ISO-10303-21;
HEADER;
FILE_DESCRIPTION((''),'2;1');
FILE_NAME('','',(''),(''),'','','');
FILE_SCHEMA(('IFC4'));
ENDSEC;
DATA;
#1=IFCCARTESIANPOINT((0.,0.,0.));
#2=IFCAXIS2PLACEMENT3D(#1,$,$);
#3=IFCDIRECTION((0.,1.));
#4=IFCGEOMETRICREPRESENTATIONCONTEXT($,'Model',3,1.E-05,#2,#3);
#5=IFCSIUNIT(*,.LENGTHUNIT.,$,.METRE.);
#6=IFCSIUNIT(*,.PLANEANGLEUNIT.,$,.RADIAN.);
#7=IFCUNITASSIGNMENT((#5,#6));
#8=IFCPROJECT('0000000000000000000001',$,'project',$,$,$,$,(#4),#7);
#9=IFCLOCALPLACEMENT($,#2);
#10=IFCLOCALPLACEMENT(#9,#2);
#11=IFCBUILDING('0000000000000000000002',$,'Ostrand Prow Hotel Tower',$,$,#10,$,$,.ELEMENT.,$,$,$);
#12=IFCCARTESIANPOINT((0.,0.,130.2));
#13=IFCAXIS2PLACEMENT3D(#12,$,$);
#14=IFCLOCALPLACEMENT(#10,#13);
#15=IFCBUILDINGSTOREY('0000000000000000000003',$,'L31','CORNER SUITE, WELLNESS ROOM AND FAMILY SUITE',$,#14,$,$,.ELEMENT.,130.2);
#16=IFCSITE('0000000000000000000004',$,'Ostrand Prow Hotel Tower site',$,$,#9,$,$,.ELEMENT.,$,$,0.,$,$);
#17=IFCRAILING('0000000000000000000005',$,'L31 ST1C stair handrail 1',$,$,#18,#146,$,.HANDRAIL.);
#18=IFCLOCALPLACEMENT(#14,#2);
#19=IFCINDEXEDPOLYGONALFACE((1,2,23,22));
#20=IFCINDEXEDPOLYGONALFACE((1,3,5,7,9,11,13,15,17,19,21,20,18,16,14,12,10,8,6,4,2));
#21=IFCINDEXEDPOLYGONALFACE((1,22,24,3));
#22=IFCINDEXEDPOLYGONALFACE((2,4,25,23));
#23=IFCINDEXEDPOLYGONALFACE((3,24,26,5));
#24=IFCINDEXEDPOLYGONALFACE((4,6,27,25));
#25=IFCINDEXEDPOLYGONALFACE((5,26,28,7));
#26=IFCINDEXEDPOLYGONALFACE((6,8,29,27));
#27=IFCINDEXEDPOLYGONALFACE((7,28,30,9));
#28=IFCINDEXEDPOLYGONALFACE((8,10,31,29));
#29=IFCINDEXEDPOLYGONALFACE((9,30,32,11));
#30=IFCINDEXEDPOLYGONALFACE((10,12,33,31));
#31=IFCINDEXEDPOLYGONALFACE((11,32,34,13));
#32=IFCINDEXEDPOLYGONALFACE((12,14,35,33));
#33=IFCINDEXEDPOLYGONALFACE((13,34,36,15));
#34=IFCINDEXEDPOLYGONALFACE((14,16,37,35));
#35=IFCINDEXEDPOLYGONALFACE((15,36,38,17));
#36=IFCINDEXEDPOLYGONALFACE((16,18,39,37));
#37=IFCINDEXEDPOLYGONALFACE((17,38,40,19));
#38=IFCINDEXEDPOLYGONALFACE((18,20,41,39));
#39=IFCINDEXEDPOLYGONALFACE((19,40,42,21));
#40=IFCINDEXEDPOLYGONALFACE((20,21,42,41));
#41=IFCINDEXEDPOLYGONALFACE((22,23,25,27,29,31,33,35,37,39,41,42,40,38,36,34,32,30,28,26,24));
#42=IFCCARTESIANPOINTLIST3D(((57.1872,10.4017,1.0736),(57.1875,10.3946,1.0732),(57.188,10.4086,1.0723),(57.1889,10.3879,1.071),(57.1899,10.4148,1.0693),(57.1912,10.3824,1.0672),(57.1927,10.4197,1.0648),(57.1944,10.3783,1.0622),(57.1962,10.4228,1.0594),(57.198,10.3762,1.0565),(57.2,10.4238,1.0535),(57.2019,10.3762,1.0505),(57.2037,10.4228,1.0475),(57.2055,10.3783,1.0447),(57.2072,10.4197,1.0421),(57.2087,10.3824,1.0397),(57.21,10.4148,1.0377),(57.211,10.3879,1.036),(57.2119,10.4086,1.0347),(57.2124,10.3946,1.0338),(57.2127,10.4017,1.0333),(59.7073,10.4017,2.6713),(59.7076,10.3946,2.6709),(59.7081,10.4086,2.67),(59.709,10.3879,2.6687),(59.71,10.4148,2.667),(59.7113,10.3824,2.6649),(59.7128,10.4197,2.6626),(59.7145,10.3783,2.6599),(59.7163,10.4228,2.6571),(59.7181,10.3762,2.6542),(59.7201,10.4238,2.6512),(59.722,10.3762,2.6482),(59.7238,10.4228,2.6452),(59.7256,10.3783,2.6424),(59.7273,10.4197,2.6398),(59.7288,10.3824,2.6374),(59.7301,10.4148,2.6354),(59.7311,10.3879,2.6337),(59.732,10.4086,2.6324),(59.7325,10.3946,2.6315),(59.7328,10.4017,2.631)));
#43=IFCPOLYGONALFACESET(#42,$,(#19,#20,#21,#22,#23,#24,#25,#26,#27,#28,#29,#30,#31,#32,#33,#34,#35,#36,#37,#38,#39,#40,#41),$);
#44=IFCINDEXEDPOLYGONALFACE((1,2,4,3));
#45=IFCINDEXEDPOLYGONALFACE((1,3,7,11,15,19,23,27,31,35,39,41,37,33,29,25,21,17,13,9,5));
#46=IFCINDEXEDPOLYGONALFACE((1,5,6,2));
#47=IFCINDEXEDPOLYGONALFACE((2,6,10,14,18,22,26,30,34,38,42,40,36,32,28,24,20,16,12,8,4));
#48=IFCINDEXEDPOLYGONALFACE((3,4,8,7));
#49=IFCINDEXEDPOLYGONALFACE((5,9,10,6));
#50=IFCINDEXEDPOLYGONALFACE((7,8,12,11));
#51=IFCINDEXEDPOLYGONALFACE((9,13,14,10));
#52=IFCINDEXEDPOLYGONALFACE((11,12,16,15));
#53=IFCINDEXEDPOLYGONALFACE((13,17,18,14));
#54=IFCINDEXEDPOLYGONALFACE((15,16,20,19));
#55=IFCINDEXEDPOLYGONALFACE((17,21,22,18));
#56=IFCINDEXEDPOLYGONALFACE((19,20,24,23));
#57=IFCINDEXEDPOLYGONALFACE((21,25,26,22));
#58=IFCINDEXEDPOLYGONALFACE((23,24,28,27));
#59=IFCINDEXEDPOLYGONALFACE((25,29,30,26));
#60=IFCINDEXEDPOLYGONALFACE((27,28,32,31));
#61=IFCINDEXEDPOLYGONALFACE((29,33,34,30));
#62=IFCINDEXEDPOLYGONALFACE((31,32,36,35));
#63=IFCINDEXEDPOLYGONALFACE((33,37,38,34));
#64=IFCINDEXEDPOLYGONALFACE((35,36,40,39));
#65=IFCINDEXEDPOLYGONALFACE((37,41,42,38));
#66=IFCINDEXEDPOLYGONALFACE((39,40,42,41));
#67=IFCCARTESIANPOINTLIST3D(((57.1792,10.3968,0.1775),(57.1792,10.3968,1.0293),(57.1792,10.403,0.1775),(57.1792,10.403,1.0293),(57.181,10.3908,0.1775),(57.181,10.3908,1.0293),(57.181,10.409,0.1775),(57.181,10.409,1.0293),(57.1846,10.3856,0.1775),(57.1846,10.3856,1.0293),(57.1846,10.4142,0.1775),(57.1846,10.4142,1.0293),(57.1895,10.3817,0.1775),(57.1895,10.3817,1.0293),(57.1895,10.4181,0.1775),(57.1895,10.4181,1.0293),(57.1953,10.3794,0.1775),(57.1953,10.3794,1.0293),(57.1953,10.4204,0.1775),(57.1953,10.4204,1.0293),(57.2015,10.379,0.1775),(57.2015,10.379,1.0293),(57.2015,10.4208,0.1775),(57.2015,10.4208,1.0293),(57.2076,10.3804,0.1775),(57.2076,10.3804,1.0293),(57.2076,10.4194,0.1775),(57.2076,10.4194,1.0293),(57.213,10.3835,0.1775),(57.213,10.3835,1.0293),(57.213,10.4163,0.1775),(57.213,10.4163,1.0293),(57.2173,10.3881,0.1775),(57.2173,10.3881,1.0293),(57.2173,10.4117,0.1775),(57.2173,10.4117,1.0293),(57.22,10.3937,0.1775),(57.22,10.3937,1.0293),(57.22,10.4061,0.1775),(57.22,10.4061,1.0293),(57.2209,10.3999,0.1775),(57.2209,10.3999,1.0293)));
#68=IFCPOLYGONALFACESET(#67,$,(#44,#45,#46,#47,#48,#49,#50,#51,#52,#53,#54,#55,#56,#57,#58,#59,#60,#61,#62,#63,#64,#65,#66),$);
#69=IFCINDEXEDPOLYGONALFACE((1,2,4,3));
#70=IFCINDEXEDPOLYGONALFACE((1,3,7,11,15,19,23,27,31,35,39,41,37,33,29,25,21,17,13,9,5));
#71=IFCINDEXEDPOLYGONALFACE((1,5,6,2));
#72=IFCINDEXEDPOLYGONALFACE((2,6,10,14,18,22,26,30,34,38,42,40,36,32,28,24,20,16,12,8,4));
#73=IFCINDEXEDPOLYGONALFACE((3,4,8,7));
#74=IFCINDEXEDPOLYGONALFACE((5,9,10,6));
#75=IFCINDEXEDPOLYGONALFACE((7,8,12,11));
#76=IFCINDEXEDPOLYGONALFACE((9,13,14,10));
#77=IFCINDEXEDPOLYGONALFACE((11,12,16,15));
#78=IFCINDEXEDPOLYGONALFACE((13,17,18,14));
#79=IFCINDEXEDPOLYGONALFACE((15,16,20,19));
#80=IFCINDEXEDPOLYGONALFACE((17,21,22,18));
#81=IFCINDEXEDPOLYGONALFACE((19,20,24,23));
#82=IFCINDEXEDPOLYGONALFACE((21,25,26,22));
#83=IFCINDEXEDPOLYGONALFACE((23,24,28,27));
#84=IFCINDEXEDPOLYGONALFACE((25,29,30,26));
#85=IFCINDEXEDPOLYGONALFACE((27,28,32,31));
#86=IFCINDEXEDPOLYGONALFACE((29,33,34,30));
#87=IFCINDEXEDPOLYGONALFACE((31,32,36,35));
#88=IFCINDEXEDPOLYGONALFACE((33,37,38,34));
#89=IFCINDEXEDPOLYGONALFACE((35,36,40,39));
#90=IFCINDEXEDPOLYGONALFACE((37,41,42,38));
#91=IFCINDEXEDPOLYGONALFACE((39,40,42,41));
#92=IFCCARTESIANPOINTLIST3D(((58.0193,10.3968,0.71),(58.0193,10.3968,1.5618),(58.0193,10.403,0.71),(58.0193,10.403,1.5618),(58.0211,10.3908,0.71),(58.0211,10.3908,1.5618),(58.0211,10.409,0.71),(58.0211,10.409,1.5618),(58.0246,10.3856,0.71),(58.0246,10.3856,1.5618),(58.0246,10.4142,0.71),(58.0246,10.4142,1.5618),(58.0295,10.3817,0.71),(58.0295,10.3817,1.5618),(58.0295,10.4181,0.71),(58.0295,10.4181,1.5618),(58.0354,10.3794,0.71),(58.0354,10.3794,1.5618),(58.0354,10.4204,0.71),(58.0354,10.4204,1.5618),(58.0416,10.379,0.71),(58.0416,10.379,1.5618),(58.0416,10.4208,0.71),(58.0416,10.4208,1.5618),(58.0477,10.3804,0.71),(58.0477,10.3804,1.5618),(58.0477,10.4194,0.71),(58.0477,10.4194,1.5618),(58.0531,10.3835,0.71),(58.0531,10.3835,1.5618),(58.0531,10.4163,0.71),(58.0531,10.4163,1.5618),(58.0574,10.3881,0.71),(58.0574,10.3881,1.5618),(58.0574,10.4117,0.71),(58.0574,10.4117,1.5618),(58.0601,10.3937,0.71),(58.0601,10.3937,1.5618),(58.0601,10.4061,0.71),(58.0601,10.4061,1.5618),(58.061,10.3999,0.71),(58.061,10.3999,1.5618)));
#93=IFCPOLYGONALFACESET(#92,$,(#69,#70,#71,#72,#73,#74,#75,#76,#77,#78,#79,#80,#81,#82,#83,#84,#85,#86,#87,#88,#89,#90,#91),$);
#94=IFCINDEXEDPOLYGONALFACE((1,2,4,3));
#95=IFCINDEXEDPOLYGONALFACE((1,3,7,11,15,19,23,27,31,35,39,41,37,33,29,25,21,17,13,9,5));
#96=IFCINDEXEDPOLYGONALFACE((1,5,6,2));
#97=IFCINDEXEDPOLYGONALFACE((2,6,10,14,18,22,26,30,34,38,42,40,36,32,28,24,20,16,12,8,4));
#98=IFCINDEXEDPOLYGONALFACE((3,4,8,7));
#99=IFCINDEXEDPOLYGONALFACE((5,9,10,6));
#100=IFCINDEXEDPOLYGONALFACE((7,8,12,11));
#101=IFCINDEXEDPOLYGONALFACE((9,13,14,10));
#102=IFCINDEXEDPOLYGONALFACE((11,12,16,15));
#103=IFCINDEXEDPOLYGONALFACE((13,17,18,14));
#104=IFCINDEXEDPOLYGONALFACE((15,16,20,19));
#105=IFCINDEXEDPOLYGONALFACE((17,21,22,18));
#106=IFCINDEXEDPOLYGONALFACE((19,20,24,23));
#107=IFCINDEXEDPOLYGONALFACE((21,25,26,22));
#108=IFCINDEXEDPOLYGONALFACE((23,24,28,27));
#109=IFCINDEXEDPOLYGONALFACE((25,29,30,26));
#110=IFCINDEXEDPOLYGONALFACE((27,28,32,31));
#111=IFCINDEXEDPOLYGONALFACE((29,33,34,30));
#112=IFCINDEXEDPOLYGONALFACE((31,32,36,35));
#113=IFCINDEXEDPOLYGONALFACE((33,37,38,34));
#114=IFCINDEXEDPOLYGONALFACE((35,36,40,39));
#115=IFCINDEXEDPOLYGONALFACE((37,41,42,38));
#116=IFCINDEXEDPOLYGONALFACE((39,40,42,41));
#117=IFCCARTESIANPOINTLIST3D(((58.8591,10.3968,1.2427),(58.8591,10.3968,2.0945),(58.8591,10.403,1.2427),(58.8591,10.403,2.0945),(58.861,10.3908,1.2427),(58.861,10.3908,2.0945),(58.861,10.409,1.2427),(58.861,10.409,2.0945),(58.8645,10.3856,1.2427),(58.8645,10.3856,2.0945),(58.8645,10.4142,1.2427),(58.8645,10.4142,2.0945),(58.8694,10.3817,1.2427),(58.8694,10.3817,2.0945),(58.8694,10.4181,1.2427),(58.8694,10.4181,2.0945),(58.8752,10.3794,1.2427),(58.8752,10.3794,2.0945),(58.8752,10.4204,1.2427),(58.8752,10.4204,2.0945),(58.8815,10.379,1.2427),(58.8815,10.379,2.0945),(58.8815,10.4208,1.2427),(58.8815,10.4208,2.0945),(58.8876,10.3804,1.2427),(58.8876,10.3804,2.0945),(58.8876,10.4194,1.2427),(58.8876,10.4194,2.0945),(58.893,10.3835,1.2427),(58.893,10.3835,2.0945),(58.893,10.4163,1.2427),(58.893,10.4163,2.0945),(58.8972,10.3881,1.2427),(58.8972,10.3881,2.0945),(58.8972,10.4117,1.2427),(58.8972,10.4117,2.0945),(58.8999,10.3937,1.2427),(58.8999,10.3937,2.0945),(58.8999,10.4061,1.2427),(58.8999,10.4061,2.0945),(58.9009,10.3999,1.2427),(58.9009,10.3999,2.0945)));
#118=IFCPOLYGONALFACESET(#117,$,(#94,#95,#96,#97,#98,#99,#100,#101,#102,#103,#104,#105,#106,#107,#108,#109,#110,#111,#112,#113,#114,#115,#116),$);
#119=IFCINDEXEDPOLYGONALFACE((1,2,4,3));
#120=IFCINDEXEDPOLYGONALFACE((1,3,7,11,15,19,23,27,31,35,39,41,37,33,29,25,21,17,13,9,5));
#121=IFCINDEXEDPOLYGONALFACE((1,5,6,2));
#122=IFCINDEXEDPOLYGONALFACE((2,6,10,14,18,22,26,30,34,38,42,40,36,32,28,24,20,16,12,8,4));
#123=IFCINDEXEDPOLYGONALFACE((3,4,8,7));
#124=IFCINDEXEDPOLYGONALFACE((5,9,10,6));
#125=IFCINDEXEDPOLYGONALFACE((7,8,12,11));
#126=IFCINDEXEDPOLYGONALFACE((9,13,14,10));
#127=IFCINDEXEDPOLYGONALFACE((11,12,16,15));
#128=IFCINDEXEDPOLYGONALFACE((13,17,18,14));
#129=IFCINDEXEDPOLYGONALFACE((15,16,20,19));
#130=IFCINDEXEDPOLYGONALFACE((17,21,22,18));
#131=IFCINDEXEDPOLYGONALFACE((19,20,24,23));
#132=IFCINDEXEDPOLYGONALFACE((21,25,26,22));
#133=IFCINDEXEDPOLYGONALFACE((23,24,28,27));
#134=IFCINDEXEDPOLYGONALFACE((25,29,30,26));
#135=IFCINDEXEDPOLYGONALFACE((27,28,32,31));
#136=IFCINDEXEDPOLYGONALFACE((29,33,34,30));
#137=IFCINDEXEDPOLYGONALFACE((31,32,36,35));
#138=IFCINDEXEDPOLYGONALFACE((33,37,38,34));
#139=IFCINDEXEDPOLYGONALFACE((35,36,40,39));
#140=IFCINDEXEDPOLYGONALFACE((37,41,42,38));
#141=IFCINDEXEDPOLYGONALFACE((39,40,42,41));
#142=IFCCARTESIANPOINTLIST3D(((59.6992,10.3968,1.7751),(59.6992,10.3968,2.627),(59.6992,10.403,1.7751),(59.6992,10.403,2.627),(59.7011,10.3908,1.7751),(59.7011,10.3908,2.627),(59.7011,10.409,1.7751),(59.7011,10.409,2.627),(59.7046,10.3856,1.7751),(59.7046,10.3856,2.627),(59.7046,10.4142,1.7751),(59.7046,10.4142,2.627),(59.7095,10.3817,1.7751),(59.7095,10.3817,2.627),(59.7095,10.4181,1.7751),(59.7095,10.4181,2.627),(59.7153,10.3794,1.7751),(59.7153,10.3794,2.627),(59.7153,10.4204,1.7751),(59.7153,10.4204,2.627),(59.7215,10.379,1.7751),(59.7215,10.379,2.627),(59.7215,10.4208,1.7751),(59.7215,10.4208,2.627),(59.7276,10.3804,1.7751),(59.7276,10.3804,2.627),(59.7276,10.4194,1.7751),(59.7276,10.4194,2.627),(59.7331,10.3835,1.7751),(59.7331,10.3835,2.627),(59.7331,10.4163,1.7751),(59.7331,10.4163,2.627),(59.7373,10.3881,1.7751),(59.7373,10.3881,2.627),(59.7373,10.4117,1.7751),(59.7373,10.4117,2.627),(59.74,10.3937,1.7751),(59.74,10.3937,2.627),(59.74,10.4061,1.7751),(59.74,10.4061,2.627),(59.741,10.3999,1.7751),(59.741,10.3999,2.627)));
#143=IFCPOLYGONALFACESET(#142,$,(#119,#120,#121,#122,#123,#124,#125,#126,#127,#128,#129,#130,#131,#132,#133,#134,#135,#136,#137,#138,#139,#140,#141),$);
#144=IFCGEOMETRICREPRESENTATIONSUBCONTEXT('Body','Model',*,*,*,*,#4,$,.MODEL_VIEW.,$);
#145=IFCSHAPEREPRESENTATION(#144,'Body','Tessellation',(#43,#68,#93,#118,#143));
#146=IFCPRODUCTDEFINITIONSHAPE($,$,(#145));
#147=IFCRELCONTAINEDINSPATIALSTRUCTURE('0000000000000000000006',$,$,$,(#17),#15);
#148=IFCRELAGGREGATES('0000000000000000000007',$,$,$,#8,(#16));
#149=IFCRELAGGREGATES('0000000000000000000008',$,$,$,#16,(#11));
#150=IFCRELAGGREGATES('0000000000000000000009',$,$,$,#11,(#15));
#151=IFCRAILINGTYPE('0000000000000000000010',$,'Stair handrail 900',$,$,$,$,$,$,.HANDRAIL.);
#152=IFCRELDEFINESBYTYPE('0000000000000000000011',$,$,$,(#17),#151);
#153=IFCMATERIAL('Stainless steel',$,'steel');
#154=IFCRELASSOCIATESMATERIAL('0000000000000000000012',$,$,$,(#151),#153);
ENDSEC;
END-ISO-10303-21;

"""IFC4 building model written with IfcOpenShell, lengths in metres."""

from ifc_helpers import new_model, si_unit, direction, frame, origin, origin_2d, place, context, subcontext, project, spatial, circle, extrude, material, type_object, element, save


model = new_model("IFC4")

# Units and contexts
model_context = context("Model", 3, precision=1e-05, world=origin(), true_north=direction((0.0, 1.0)))
body_context = subcontext(model_context, "Body", "Model", "MODEL_VIEW")
ifc_project = project(units=[si_unit("LENGTHUNIT", "METRE"), si_unit("PLANEANGLEUNIT", "RADIAN")], contexts=[model_context])

# Site, building, storey
site_placement = place(None, origin())
site = spatial("IfcSite", under=ifc_project, at=site_placement, Name="Ostrand Prow Hotel Tower site", CompositionType="ELEMENT", RefElevation=0.0)
building_placement = place(site_placement, origin())
building = spatial("IfcBuilding", under=site, at=building_placement, Name="Ostrand Prow Hotel Tower", CompositionType="ELEMENT")
storey_placement = place(building_placement, frame((0.0, 0.0, 130.2)))
storey = spatial("IfcBuildingStorey", under=building, at=storey_placement, Name="L31", Description="CORNER SUITE, WELLNESS ROOM AND FAMILY SUITE", CompositionType="ELEMENT", Elevation=130.2)

# Railing
ifc_material_1 = material(Name="Stainless steel", Category="steel")
railing_type_1 = type_object("IfcRailingType", Name="Stair handrail 900", PredefinedType="HANDRAIL", material=ifc_material_1)
railing_1_placement = place(storey_placement, frame((57.2, 10.3999, 0.1775)))
element("IfcRailing", 1, at=railing_1_placement, inside=storey, type_object=railing_type_1, Name="L31 ST1C stair handrail 1", PredefinedType="HANDRAIL", context=body_context, shape_type="SweptSolid", body=[
    extrude(circle(Radius=0.0239, at=origin_2d()), frame((0.0, 0.0, 0.876), z_axis=(0.84457, 0.0, 0.535445), x_axis=(0.0, 1.0, 0.0)), (0.0, 0.0, 1.0), 2.9839),
    extrude(circle(Radius=0.021, at=origin_2d()), origin(), (0.0, 0.0, 1.0), 0.8518),
    extrude(circle(Radius=0.021, at=origin_2d()), frame((0.8401, 0.0, 0.5325)), (0.0, 0.0, 1.0), 0.8518),
    extrude(circle(Radius=0.021, at=origin_2d()), frame((1.6799, 0.0, 1.0652)), (0.0, 0.0, 1.0), 0.8518),
    extrude(circle(Radius=0.021, at=origin_2d()), frame((2.52, 0.0, 1.5977)), (0.0, 0.0, 1.0), 0.8518),
])

save(model, "model.ifc")
